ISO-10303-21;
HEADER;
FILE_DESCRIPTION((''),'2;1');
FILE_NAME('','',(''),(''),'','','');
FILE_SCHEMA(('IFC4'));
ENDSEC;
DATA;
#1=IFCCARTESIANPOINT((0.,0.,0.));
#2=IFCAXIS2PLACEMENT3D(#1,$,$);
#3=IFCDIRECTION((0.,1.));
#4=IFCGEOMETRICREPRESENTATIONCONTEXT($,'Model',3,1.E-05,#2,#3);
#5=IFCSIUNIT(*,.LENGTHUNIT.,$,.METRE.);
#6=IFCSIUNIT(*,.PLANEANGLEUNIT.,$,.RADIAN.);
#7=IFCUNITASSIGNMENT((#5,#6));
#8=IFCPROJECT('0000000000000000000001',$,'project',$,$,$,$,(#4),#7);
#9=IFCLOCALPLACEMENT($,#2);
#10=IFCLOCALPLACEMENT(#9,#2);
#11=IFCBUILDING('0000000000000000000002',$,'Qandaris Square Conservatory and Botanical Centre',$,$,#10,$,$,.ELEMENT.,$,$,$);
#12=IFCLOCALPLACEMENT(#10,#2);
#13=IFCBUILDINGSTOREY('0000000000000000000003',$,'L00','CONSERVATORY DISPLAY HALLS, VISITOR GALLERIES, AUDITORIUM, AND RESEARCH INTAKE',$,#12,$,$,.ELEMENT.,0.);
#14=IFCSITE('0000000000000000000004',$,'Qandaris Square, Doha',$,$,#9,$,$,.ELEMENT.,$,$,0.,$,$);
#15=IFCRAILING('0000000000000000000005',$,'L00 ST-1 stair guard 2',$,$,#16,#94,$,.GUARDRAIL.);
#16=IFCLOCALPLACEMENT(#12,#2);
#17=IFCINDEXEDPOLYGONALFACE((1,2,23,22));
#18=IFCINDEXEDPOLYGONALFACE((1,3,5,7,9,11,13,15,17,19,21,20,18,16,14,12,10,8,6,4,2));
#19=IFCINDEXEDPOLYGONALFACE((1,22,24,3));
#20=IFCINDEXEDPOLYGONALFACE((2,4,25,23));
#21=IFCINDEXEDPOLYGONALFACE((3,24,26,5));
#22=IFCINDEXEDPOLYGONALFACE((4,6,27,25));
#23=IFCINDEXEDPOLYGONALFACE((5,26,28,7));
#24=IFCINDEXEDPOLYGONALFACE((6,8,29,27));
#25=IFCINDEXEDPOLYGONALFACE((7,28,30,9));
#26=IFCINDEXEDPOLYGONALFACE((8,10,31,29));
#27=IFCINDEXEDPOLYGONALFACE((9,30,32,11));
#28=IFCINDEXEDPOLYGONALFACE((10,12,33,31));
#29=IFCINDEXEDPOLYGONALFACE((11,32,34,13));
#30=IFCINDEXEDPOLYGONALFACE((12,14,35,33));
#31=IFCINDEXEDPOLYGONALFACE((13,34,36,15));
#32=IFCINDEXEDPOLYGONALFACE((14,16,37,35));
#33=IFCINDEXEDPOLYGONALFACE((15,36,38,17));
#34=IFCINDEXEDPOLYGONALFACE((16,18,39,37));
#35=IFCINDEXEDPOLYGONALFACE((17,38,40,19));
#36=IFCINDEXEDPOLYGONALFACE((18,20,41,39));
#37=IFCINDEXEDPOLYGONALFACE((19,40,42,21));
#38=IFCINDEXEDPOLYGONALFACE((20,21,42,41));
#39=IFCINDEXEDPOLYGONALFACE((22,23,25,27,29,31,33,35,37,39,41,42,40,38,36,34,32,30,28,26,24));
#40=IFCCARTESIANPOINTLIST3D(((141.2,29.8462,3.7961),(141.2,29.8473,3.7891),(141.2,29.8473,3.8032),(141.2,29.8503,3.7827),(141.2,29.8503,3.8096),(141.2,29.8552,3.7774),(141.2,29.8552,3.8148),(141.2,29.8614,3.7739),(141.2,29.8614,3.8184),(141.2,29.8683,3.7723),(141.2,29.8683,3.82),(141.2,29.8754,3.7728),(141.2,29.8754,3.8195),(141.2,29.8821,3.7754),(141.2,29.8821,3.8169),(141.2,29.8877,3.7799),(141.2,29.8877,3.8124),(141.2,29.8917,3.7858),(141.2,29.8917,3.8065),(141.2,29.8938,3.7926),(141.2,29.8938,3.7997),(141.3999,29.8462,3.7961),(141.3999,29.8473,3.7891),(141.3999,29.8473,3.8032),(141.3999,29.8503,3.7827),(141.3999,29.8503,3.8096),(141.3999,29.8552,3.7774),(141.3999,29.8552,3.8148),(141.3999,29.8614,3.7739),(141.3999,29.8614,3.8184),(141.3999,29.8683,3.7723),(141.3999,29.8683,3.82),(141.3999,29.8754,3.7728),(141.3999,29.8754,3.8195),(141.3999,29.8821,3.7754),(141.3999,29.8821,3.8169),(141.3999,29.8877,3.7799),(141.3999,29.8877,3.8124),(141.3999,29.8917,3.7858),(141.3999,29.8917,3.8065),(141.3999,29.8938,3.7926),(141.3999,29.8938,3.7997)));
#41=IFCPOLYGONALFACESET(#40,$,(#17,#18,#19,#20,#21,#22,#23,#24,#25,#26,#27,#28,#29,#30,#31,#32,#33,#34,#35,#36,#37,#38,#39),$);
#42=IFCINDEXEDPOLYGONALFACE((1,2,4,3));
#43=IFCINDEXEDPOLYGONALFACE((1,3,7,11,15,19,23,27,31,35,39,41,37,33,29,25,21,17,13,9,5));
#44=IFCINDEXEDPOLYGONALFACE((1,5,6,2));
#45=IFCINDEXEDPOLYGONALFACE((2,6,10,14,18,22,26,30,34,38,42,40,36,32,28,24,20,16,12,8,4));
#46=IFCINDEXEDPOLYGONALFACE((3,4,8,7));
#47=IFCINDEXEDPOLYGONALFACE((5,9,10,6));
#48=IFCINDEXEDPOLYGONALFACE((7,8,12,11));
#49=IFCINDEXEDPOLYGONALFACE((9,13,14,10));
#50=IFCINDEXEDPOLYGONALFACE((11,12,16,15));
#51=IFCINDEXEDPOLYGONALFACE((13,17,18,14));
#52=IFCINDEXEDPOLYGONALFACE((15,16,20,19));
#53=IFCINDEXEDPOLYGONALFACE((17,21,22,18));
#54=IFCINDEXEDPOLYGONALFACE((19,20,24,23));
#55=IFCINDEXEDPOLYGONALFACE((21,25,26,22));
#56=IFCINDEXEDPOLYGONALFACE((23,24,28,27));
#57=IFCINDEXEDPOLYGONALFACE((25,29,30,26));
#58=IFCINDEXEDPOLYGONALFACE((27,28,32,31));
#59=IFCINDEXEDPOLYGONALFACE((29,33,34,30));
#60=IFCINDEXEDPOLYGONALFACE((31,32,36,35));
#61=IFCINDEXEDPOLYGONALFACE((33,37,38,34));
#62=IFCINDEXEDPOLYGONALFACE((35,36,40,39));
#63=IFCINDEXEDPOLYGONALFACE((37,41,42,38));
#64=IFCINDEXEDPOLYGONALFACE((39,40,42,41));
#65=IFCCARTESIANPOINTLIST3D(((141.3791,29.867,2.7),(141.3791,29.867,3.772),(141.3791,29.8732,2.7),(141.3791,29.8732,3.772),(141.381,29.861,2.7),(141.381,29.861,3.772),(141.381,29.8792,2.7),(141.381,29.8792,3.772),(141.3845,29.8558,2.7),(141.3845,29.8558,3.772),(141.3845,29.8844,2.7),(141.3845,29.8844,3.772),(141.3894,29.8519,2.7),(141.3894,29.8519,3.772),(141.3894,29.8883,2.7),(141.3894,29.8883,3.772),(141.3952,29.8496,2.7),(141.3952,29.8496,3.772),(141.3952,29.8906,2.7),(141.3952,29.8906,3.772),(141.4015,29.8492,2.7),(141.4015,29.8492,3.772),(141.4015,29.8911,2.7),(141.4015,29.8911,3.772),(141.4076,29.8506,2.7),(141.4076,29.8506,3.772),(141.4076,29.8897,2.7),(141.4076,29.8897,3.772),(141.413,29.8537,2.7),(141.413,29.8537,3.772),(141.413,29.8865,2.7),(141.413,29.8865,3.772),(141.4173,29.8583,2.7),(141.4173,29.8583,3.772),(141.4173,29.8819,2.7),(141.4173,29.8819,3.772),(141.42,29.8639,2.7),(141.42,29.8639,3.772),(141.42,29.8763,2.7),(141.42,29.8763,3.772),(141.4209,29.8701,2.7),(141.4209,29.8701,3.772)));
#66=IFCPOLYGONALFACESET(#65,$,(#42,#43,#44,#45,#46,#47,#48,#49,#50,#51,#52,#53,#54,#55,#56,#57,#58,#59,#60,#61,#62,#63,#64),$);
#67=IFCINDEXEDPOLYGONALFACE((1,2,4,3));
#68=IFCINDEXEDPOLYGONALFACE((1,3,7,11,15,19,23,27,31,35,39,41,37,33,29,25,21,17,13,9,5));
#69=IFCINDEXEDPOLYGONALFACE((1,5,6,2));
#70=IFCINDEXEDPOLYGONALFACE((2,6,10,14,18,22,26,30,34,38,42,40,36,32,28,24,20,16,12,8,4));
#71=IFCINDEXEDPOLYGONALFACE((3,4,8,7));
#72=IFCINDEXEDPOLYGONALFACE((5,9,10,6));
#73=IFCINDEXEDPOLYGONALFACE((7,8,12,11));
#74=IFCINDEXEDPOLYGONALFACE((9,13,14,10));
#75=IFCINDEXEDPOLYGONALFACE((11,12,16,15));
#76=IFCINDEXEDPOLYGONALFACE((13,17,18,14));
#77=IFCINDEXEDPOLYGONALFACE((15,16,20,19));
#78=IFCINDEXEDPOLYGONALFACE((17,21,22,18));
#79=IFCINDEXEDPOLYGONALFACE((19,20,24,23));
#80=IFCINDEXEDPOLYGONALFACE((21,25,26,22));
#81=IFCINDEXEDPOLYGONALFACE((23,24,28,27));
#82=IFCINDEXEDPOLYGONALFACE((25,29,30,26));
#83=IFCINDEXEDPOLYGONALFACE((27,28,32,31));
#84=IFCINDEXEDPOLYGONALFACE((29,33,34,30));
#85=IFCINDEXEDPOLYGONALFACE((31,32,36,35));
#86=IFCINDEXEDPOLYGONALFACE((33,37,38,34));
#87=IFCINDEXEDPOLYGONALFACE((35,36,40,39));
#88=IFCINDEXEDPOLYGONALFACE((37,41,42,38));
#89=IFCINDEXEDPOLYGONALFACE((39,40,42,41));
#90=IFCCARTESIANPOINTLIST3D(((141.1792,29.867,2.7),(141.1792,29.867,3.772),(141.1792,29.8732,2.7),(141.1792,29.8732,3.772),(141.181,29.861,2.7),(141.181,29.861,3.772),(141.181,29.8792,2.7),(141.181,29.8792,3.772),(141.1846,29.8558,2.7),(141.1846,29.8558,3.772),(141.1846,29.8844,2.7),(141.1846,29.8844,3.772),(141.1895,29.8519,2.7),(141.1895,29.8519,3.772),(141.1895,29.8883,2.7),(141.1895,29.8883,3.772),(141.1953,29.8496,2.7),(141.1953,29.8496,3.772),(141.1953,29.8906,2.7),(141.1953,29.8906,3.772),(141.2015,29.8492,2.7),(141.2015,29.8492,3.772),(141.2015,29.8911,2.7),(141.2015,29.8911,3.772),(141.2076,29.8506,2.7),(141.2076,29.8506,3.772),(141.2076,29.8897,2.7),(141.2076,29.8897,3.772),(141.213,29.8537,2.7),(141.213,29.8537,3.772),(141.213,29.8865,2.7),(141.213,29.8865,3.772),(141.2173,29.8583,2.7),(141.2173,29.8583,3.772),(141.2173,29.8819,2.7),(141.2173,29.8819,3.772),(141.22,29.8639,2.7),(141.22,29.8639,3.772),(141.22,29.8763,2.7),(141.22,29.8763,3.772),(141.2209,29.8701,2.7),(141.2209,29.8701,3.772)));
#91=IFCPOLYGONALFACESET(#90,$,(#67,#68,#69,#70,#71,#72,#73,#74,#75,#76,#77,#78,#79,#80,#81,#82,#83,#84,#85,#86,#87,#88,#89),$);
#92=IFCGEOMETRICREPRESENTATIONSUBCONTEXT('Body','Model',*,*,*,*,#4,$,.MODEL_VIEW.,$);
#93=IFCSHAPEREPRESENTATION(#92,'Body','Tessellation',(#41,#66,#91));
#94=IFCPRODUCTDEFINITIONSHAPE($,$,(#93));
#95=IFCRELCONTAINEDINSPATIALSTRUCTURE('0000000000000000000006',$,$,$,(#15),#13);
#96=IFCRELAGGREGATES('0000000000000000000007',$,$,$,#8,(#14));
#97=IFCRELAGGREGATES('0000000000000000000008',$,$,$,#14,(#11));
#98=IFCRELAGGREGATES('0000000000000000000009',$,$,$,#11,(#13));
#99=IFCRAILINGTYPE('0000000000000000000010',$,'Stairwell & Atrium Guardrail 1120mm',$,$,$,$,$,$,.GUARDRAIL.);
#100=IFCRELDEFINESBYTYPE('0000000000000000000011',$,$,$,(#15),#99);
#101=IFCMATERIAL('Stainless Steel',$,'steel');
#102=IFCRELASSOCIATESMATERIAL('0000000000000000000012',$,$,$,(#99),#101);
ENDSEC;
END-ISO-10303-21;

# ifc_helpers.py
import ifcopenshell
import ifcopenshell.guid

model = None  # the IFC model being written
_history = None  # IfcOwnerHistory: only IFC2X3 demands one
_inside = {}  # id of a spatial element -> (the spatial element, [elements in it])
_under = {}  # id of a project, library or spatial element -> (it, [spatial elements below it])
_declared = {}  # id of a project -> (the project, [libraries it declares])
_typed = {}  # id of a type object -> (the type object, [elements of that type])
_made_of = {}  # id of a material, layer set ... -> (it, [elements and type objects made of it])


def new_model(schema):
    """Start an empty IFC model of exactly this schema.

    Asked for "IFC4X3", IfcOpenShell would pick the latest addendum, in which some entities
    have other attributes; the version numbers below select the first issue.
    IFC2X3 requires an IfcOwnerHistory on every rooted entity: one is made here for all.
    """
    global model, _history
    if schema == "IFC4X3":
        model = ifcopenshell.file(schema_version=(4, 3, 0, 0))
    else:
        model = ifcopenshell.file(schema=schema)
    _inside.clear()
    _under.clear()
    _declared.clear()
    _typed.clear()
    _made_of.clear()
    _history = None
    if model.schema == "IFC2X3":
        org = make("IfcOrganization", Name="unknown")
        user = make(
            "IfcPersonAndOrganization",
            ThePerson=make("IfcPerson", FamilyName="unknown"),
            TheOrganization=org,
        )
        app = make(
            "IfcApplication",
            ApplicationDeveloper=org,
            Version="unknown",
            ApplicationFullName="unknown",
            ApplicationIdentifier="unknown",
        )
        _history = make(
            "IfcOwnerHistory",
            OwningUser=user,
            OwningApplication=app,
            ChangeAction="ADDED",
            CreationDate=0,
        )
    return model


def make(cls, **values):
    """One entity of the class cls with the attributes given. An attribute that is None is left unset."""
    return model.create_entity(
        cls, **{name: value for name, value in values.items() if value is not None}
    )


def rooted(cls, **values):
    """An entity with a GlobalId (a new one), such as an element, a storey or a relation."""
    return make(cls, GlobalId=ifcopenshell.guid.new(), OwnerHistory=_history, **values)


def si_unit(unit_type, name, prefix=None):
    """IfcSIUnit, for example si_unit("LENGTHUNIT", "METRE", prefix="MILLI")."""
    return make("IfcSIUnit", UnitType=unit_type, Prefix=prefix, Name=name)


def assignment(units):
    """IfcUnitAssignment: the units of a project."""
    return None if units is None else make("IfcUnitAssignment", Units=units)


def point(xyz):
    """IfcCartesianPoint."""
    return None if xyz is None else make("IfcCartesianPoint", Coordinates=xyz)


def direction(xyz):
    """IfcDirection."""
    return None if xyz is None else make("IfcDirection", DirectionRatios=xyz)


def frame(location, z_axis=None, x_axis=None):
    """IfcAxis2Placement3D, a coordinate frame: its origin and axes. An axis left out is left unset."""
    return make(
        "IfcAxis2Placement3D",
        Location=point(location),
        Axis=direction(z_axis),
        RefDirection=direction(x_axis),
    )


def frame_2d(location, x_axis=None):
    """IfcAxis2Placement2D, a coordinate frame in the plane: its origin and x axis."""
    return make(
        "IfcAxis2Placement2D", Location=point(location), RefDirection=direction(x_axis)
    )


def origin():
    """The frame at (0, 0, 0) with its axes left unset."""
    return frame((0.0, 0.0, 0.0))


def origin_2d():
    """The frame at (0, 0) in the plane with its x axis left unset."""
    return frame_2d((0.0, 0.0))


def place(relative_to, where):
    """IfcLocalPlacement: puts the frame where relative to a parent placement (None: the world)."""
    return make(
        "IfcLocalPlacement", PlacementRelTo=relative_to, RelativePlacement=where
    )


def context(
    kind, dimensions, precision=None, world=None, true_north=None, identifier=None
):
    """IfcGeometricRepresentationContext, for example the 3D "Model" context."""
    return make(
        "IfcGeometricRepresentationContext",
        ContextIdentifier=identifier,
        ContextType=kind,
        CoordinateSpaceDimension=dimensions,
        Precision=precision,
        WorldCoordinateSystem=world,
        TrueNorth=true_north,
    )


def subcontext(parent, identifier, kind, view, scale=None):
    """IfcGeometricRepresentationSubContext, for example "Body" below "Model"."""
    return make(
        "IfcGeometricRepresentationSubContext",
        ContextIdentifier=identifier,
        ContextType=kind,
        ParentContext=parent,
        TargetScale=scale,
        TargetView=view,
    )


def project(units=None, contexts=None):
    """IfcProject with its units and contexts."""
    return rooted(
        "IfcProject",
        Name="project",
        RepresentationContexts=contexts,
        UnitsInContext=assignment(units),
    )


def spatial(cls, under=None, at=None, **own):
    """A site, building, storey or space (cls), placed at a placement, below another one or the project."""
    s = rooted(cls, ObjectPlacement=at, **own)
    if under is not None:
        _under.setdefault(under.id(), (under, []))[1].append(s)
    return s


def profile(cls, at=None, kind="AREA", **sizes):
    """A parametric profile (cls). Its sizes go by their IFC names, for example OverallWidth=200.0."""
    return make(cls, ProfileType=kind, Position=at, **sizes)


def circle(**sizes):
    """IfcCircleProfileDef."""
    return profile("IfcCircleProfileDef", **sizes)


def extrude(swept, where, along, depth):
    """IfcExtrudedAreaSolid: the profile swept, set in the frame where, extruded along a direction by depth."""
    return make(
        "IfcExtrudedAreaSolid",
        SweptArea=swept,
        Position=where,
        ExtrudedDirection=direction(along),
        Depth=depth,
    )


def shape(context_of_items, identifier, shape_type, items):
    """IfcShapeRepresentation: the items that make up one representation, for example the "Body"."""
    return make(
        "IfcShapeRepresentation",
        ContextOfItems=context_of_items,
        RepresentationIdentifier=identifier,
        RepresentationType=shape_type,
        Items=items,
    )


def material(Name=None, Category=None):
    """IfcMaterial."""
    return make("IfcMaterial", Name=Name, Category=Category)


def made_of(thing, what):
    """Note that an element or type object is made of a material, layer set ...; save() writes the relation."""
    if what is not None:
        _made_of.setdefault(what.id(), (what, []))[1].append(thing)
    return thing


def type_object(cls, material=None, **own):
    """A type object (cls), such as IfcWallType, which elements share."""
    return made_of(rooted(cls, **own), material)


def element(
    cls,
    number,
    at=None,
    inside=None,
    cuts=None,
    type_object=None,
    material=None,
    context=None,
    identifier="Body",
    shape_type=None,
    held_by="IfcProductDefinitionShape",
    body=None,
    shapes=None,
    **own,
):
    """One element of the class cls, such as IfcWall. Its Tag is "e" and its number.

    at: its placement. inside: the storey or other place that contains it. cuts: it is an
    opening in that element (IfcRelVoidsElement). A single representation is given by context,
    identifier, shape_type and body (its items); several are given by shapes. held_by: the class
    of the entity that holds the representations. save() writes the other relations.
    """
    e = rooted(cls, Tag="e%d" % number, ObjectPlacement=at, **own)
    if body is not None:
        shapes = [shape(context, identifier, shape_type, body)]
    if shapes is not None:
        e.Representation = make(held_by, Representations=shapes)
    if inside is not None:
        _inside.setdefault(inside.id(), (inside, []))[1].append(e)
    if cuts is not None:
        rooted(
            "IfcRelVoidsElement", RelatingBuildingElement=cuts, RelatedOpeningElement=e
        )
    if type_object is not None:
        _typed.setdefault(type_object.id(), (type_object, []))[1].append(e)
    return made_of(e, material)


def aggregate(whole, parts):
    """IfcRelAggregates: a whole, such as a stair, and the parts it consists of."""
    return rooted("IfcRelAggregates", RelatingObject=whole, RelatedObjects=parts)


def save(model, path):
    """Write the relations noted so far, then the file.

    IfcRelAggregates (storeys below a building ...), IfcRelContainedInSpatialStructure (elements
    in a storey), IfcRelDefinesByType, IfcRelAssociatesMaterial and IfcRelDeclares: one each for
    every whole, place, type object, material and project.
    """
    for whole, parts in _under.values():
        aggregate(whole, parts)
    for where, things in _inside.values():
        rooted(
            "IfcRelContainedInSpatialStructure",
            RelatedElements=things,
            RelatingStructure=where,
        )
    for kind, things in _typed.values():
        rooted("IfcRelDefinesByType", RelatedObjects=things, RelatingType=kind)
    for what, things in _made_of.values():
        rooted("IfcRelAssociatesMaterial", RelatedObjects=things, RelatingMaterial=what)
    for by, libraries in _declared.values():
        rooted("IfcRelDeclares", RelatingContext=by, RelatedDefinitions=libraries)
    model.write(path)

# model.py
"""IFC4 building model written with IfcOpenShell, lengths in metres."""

from ifc_helpers import new_model, si_unit, direction, frame, origin, origin_2d, place, context, subcontext, project, spatial, circle, extrude, material, type_object, element, save


model = new_model("IFC4")

# Units and contexts
model_context = context("Model", 3, precision=1e-05, world=origin(), true_north=direction((0.0, 1.0)))
body_context = subcontext(model_context, "Body", "Model", "MODEL_VIEW")
ifc_project = project(units=[si_unit("LENGTHUNIT", "METRE"), si_unit("PLANEANGLEUNIT", "RADIAN")], contexts=[model_context])

# Site, building, storey
site_placement = place(None, origin())
site = spatial("IfcSite", under=ifc_project, at=site_placement, Name="Qandaris Square, Doha", CompositionType="ELEMENT", RefElevation=0.0)
building_placement = place(site_placement, origin())
building = spatial("IfcBuilding", under=site, at=building_placement, Name="Qandaris Square Conservatory and Botanical Centre", CompositionType="ELEMENT")
storey_placement = place(building_placement, origin())
storey = spatial("IfcBuildingStorey", under=building, at=storey_placement, Name="L00", Description="CONSERVATORY DISPLAY HALLS, VISITOR GALLERIES, AUDITORIUM, AND RESEARCH INTAKE", CompositionType="ELEMENT", Elevation=0.0)

# Railing
ifc_material_1 = material(Name="Stainless Steel", Category="steel")
railing_type_1 = type_object("IfcRailingType", Name="Stairwell & Atrium Guardrail 1120mm", PredefinedType="GUARDRAIL", material=ifc_material_1)
railing_1_placement = place(storey_placement, frame((141.3999, 29.8701, 2.7)))
element("IfcRailing", 1, at=railing_1_placement, inside=storey, type_object=railing_type_1, Name="L00 ST-1 stair guard 2", PredefinedType="GUARDRAIL", context=body_context, shape_type="SweptSolid", body=[
    extrude(circle(Radius=0.0239, at=origin_2d()), frame((0.0, 0.0, 1.0962), z_axis=(-1.0, 0.0, 0.0), x_axis=(0.0, -1.0, 0.0)), (0.0, 0.0, 1.0), 0.2),
    extrude(circle(Radius=0.021, at=origin_2d()), origin(), (0.0, 0.0, 1.0), 1.072),
    extrude(circle(Radius=0.021, at=origin_2d()), frame((-0.2, 0.0, 0.0)), (0.0, 0.0, 1.0), 1.072),
])

save(model, "model.ifc")
